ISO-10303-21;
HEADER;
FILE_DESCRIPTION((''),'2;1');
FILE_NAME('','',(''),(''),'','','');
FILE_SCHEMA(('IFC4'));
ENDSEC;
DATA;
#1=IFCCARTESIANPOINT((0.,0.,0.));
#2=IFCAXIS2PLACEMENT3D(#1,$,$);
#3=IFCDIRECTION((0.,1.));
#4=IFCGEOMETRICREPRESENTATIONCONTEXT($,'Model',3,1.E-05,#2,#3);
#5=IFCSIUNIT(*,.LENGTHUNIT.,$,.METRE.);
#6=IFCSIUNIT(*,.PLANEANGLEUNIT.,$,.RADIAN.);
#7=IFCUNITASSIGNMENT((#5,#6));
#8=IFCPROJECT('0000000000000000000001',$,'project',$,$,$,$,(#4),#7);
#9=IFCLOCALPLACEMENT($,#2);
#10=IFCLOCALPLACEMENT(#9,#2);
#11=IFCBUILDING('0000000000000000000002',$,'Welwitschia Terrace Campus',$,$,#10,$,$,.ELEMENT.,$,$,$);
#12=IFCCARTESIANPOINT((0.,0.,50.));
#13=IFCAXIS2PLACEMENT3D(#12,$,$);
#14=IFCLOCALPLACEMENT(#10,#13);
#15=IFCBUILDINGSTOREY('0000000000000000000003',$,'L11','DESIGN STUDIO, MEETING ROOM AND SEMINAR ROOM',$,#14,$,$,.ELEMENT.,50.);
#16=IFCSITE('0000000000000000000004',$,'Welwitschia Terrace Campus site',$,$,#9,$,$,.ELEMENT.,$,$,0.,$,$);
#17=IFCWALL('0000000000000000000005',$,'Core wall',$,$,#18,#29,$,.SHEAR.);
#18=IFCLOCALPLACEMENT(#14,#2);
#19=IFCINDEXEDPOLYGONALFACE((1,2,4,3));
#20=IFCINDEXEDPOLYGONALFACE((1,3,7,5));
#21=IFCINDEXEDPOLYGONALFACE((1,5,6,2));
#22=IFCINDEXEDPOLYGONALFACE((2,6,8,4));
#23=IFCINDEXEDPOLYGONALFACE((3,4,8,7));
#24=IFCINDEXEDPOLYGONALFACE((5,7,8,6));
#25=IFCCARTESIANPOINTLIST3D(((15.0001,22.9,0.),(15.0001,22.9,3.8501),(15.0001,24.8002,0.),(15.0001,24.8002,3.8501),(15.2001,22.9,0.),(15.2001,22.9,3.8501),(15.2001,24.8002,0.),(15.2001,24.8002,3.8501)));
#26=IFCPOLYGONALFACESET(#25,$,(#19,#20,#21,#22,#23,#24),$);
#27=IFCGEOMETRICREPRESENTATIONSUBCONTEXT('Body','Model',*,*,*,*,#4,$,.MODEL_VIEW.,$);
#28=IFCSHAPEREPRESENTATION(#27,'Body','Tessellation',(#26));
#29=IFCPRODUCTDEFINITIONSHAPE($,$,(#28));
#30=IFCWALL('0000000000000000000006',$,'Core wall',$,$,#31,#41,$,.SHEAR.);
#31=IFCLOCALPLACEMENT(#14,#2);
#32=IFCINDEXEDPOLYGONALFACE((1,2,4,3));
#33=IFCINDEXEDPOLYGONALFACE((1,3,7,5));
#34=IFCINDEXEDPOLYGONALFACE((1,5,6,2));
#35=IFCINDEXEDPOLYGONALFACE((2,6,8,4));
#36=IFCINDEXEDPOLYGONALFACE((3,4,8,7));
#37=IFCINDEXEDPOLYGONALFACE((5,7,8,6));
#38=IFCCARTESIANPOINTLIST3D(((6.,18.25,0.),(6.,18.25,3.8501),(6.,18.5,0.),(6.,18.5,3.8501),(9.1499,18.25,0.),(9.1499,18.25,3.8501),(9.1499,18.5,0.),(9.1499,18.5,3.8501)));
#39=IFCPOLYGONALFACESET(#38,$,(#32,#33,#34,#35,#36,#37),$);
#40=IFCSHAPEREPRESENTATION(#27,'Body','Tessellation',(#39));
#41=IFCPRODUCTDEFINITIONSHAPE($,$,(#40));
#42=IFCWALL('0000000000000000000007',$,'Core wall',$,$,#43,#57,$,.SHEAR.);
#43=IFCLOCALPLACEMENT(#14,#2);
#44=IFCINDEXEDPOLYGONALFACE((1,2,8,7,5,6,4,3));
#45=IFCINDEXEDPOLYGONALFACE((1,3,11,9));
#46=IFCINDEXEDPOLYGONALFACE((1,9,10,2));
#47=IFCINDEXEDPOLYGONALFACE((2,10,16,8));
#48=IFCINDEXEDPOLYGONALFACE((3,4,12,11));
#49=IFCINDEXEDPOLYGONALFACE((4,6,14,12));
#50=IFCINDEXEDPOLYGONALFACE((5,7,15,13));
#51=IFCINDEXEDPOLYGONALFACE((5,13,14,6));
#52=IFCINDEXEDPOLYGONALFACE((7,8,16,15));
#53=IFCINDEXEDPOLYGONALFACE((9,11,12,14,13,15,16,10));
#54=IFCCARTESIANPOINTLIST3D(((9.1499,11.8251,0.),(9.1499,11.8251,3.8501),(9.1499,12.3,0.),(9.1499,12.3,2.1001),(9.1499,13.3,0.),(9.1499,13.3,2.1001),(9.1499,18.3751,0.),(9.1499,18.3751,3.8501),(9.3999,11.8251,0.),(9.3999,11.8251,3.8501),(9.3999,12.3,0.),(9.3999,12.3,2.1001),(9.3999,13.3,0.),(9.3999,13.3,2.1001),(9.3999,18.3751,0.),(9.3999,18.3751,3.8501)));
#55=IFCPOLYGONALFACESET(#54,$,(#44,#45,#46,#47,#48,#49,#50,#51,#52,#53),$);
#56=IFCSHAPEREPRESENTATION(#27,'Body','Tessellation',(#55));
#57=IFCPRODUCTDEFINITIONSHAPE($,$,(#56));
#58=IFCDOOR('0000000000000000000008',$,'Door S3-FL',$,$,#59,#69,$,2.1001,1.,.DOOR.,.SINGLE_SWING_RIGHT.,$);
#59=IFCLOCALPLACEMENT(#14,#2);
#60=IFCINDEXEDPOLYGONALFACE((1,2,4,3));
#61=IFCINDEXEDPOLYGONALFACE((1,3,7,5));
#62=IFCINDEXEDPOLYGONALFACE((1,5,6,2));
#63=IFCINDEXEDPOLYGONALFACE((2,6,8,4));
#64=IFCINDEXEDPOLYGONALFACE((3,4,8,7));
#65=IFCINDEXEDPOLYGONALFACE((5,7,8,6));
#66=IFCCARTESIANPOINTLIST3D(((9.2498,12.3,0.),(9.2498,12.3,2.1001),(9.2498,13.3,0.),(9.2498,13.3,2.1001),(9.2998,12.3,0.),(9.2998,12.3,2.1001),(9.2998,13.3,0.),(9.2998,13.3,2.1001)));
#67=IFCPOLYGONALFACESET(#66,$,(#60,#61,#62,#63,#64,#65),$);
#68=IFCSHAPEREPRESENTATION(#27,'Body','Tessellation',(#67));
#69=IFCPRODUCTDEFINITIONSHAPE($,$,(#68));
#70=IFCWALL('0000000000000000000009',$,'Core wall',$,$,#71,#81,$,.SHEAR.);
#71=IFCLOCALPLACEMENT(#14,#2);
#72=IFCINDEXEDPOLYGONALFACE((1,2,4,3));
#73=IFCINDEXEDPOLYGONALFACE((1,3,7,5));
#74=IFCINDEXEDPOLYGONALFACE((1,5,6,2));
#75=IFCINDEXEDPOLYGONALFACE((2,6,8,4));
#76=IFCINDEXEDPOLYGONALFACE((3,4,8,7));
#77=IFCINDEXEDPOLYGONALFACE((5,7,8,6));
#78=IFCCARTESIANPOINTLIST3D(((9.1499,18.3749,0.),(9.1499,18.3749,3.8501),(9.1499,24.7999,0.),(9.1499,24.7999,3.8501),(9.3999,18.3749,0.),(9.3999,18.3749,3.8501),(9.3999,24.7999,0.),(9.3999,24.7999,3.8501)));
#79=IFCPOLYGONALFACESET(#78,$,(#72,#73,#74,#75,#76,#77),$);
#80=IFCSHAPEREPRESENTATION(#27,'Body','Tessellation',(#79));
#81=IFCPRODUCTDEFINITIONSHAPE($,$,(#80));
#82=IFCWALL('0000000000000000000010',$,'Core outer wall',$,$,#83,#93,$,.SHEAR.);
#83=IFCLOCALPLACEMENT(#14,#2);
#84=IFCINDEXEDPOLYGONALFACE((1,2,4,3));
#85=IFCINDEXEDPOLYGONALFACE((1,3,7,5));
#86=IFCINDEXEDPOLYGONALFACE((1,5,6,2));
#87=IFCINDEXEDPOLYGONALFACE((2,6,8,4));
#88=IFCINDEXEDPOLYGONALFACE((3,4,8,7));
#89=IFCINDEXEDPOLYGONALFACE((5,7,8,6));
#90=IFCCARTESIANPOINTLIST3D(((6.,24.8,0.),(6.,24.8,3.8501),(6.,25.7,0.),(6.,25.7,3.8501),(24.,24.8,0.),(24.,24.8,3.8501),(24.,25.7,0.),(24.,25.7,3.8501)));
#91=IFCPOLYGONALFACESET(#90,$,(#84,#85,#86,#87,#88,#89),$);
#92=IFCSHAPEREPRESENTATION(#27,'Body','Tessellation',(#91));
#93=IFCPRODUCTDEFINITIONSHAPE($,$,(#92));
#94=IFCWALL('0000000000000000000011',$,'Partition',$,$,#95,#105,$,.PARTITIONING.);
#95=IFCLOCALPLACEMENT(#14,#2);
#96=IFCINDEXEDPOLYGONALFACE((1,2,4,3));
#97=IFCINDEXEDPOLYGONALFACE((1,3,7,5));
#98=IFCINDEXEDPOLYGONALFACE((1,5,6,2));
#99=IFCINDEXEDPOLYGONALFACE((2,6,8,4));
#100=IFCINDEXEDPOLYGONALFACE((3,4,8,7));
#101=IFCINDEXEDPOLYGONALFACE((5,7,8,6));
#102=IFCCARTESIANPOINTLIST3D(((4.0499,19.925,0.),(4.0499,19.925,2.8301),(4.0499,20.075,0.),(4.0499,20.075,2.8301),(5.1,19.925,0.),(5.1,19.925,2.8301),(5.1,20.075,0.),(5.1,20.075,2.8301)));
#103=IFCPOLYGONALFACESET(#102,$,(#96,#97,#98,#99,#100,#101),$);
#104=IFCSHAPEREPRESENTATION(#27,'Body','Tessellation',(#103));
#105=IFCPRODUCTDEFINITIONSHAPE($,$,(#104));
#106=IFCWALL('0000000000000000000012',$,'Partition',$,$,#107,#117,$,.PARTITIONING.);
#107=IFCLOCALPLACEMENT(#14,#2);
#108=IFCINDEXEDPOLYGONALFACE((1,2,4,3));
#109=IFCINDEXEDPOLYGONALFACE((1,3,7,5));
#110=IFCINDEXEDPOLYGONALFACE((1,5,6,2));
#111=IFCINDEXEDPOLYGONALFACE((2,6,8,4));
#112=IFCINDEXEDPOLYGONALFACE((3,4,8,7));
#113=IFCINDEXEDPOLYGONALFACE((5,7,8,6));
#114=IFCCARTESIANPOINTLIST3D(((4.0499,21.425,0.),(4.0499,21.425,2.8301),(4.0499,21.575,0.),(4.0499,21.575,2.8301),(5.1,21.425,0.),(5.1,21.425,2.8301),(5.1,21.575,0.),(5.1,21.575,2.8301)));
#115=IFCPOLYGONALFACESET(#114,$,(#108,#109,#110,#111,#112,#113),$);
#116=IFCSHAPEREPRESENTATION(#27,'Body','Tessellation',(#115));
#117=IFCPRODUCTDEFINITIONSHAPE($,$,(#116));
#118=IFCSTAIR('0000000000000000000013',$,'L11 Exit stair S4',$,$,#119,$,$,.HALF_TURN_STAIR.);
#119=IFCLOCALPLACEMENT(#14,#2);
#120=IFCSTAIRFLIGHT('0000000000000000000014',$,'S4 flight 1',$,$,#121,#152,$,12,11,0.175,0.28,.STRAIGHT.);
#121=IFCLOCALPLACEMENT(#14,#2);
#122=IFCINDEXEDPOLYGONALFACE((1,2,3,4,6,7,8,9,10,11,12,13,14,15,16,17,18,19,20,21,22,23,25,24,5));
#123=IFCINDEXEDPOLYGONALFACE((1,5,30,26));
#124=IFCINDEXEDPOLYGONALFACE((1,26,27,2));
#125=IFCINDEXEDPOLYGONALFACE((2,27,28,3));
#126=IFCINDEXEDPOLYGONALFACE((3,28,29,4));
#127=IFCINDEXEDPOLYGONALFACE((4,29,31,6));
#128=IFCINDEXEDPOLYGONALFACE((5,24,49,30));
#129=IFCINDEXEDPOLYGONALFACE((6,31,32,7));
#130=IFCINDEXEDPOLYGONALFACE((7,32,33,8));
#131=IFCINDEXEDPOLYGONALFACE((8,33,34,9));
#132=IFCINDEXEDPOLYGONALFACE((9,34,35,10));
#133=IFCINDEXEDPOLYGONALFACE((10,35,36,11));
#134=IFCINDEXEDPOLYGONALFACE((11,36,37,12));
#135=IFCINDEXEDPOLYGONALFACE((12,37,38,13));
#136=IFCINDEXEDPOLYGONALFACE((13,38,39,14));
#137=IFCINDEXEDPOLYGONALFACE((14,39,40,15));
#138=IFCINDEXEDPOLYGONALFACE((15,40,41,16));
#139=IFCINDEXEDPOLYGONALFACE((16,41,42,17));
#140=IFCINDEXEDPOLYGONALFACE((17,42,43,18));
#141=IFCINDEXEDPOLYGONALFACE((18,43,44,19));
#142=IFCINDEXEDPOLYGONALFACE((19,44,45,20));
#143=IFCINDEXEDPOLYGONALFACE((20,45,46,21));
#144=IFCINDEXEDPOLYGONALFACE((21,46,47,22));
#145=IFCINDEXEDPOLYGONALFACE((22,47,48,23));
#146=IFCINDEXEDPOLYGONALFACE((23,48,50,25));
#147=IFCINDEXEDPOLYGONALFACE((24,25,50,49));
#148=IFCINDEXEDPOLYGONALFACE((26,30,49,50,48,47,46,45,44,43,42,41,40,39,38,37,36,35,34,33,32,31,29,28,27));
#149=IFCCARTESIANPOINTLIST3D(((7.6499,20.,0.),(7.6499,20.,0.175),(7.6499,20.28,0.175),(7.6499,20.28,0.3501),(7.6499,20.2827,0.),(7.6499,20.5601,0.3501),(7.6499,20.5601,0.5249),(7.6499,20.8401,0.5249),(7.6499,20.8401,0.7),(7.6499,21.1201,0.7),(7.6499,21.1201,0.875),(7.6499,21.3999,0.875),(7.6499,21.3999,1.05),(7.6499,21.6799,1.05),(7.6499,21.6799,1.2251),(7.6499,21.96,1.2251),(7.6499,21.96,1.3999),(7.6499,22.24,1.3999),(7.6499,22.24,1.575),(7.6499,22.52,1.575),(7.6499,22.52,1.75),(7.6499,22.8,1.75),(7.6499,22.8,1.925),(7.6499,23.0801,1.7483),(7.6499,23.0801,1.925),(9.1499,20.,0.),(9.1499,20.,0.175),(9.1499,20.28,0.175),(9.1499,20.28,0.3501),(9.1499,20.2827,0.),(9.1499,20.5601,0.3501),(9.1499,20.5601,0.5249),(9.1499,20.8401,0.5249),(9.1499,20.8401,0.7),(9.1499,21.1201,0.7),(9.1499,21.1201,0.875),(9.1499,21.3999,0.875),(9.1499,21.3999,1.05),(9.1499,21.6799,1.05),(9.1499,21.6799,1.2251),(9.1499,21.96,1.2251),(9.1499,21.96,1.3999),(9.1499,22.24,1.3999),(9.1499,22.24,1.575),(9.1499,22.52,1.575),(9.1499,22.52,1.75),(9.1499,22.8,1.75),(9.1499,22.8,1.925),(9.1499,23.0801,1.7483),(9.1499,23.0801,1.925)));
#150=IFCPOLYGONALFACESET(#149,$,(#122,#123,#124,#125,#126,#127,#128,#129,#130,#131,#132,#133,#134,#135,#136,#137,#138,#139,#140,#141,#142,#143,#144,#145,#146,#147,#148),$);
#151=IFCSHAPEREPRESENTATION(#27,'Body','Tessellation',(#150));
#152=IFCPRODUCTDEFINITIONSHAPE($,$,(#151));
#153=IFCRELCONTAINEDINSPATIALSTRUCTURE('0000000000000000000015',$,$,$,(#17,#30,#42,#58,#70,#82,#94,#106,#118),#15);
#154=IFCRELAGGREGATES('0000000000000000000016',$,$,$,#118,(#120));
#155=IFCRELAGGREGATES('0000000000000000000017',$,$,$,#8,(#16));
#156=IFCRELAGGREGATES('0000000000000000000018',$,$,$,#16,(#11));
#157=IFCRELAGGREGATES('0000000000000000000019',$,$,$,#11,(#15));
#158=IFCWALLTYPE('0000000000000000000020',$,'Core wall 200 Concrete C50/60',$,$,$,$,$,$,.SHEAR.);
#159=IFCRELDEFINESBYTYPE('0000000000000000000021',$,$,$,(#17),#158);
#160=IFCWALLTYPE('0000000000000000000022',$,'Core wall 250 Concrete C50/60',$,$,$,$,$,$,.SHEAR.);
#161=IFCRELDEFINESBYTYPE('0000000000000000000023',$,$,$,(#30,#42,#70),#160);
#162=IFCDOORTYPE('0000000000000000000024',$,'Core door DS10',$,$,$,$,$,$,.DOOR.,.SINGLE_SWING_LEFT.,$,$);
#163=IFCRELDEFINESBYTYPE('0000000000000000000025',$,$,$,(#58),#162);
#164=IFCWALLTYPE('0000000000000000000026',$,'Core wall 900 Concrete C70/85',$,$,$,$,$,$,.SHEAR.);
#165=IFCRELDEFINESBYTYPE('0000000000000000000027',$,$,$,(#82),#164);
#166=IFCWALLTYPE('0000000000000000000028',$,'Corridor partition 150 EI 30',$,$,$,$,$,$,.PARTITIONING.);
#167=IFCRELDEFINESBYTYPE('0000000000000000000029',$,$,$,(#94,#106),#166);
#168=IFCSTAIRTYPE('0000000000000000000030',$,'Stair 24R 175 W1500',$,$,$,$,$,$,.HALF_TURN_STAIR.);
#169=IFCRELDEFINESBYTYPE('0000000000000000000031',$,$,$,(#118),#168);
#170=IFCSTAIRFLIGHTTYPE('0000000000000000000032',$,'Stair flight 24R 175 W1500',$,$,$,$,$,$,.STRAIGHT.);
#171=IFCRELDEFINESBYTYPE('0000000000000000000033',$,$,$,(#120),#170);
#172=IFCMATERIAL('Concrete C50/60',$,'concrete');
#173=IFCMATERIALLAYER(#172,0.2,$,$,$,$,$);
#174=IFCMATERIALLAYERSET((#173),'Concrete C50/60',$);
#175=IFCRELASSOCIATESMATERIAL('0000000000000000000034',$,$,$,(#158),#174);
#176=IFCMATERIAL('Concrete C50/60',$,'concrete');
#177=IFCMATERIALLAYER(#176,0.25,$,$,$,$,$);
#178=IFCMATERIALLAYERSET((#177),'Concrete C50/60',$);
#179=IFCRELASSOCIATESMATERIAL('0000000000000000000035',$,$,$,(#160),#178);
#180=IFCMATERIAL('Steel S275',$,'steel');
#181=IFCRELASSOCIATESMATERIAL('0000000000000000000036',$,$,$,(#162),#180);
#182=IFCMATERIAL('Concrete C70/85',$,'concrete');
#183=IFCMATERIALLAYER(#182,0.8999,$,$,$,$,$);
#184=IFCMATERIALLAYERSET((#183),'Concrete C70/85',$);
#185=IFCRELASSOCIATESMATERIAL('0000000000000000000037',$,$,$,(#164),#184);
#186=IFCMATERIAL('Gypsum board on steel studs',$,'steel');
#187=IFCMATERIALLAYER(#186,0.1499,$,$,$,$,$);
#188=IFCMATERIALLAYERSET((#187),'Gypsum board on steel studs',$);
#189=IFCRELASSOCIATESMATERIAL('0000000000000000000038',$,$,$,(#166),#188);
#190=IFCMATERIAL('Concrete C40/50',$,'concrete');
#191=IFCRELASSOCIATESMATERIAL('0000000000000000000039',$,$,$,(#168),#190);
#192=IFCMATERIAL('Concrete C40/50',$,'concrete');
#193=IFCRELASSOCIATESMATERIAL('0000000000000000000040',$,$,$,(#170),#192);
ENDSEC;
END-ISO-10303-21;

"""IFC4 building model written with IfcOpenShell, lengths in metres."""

from ifc_helpers import new_model, si_unit, direction, frame, frame_2d, origin, place, context, subcontext, project, spatial, polyline, rectangle, outline, extrude, material, layer, layer_set, type_object, element, fill, aggregate, save


model = new_model("IFC4")

# Units and contexts
model_context = context("Model", 3, precision=1e-05, world=origin(), true_north=direction((0.0, 1.0)))
body_context = subcontext(model_context, "Body", "Model", "MODEL_VIEW")
ifc_project = project(units=[si_unit("LENGTHUNIT", "METRE"), si_unit("PLANEANGLEUNIT", "RADIAN")], contexts=[model_context])

# Site, building, storey
site_placement = place(None, origin())
site = spatial("IfcSite", under=ifc_project, at=site_placement, Name="Welwitschia Terrace Campus site", CompositionType="ELEMENT", RefElevation=0.0)
building_placement = place(site_placement, origin())
building = spatial("IfcBuilding", under=site, at=building_placement, Name="Welwitschia Terrace Campus", CompositionType="ELEMENT")
storey_placement = place(building_placement, frame((0.0, 0.0, 50.0)))
storey = spatial("IfcBuildingStorey", under=building, at=storey_placement, Name="L11", Description="DESIGN STUDIO, MEETING ROOM AND SEMINAR ROOM", CompositionType="ELEMENT", Elevation=50.0)

# Walls
ifc_material_1 = material(Name="Concrete C50/60", Category="concrete")
ifc_layer_1 = layer(ifc_material_1, 0.2)
ifc_layer_set_1 = layer_set([ifc_layer_1], Name="Concrete C50/60")
wall_type_1 = type_object("IfcWallType", Name="Core wall 200 Concrete C50/60", PredefinedType="SHEAR", material=ifc_layer_set_1)
wall_1_placement = place(storey_placement, frame((15.1001, 22.8999, 0.0), z_axis=(0.0, 0.0, 1.0), x_axis=(0.0, 1.0, 0.0)))
element("IfcWall", 1, at=wall_1_placement, inside=storey, type_object=wall_type_1, Name="Core wall", PredefinedType="SHEAR", context=body_context, shape_type="SweptSolid", body=[
    extrude(rectangle(XDim=1.9001, YDim=0.2, at=frame_2d((0.9502, 0.0))), origin(), (0.0, 0.0, 1.0), 3.8501),
])
ifc_material_2 = material(Name="Concrete C50/60", Category="concrete")
ifc_layer_2 = layer(ifc_material_2, 0.25)
ifc_layer_set_2 = layer_set([ifc_layer_2], Name="Concrete C50/60")
wall_type_2 = type_object("IfcWallType", Name="Core wall 250 Concrete C50/60", PredefinedType="SHEAR", material=ifc_layer_set_2)
wall_2_placement = place(storey_placement, frame((6.0, 18.375, 0.0), z_axis=(0.0, 0.0, 1.0), x_axis=(1.0, 0.0, 0.0)))
element("IfcWall", 2, at=wall_2_placement, inside=storey, type_object=wall_type_2, Name="Core wall", PredefinedType="SHEAR", context=body_context, shape_type="SweptSolid", body=[
    extrude(rectangle(XDim=3.1499, YDim=0.25, at=frame_2d((1.575, 0.0))), origin(), (0.0, 0.0, 1.0), 3.8501),
])

# Wall, opening, door
wall_3_placement = place(storey_placement, frame((9.2749, 18.375, 0.0), z_axis=(0.0, 0.0, 1.0), x_axis=(0.0, -1.0, 0.0)))
wall_3 = element("IfcWall", 3, at=wall_3_placement, inside=storey, type_object=wall_type_2, Name="Core wall", PredefinedType="SHEAR", context=body_context, shape_type="SweptSolid", body=[
    extrude(rectangle(XDim=6.55, YDim=0.25, at=frame_2d((3.2749, 0.0))), origin(), (0.0, 0.0, 1.0), 3.8501),
])
opening_placement = place(wall_3_placement, frame((5.075, 0.0, 0.0)))
opening = element("IfcOpeningElement", 4, at=opening_placement, cuts=wall_3, PredefinedType="OPENING", context=body_context, shape_type="SweptSolid", body=[
    extrude(rectangle(XDim=1.0, YDim=2.1001, at=frame_2d((0.5, 1.05))), frame((0.0, 0.135, 0.0), z_axis=(0.0, -1.0, 0.0), x_axis=(1.0, 0.0, 0.0)), (0.0, 0.0, 1.0), 0.27),
])
ifc_material_3 = material(Name="Steel S275", Category="steel")
door_type = type_object("IfcDoorType", Name="Core door DS10", OperationType="SINGLE_SWING_LEFT", PredefinedType="DOOR", material=ifc_material_3)
door_placement = place(opening_placement, origin())
door = element("IfcDoor", 5, at=door_placement, inside=storey, type_object=door_type, Name="Door S3-FL", OperationType="SINGLE_SWING_RIGHT", OverallHeight=2.1001, OverallWidth=1.0, PredefinedType="DOOR", context=body_context, shape_type="SweptSolid", body=[
    extrude(rectangle(XDim=1.0, YDim=2.1001, at=frame_2d((0.5, 1.05))), frame((0.0, 0.0249, 0.0), z_axis=(0.0, -1.0, 0.0), x_axis=(1.0, 0.0, 0.0)), (0.0, 0.0, 1.0), 0.05),
])
fill(opening, door)

# Walls
wall_4_placement = place(storey_placement, frame((9.2749, 18.375, 0.0), z_axis=(0.0, 0.0, 1.0), x_axis=(0.0, 1.0, 0.0)))
element("IfcWall", 6, at=wall_4_placement, inside=storey, type_object=wall_type_2, Name="Core wall", PredefinedType="SHEAR", context=body_context, shape_type="SweptSolid", body=[
    extrude(rectangle(XDim=6.425, YDim=0.25, at=frame_2d((3.2124, 0.0))), origin(), (0.0, 0.0, 1.0), 3.8501),
])
ifc_material_4 = material(Name="Concrete C70/85", Category="concrete")
ifc_layer_3 = layer(ifc_material_4, 0.8999)
ifc_layer_set_3 = layer_set([ifc_layer_3], Name="Concrete C70/85")
wall_type_3 = type_object("IfcWallType", Name="Core wall 900 Concrete C70/85", PredefinedType="SHEAR", material=ifc_layer_set_3)
wall_5_placement = place(storey_placement, frame((6.0, 25.25, 0.0), z_axis=(0.0, 0.0, 1.0), x_axis=(1.0, 0.0, 0.0)))
element("IfcWall", 7, at=wall_5_placement, inside=storey, type_object=wall_type_3, Name="Core outer wall", PredefinedType="SHEAR", context=body_context, shape_type="SweptSolid", body=[
    extrude(rectangle(XDim=18.0, YDim=0.8999, at=frame_2d((9.0, 0.0))), origin(), (0.0, 0.0, 1.0), 3.8501),
])
ifc_material_5 = material(Name="Gypsum board on steel studs", Category="steel")
ifc_layer_4 = layer(ifc_material_5, 0.1499)
ifc_layer_set_4 = layer_set([ifc_layer_4], Name="Gypsum board on steel studs")
wall_type_4 = type_object("IfcWallType", Name="Corridor partition 150 EI 30", PredefinedType="PARTITIONING", material=ifc_layer_set_4)
for number, where, z_axis, x_axis, name in (
    (8, (4.05, 20.0, 0.0), (0.0, 0.0, 1.0), (1.0, 0.0, 0.0), "Partition"),
    (9, (4.05, 21.5, 0.0), (0.0, 0.0, 1.0), (1.0, 0.0, 0.0), "Partition"),
):
    element("IfcWall", number, at=place(storey_placement, frame(where, z_axis=z_axis, x_axis=x_axis)), inside=storey, type_object=wall_type_4, Name=name, PredefinedType="PARTITIONING", context=body_context, shape_type="SweptSolid", body=[
        extrude(rectangle(XDim=1.05, YDim=0.1499, at=frame_2d((0.5249, 0.0))), origin(), (0.0, 0.0, 1.0), 2.8301),
    ])

# Stair, stair flight
ifc_material_6 = material(Name="Concrete C40/50", Category="concrete")
stair_type = type_object("IfcStairType", Name="Stair 24R 175 W1500", PredefinedType="HALF_TURN_STAIR", material=ifc_material_6)
stair_placement = place(storey_placement, origin())
stair = element("IfcStair", 10, at=stair_placement, inside=storey, type_object=stair_type, Name="L11 Exit stair S4", PredefinedType="HALF_TURN_STAIR")
ifc_material_7 = material(Name="Concrete C40/50", Category="concrete")
stair_flight_type = type_object("IfcStairFlightType", Name="Stair flight 24R 175 W1500", PredefinedType="STRAIGHT", material=ifc_material_7)
stair_flight_1_placement = place(storey_placement, frame((8.3999, 20.0, 0.0), z_axis=(0.0, 0.0, 1.0), x_axis=(0.0, 1.0, 0.0)))
stair_flight_1 = element("IfcStairFlight", 11, at=stair_flight_1_placement, type_object=stair_flight_type, Name="S4 flight 1", NumberOfRisers=12, NumberOfTreads=11, PredefinedType="STRAIGHT", RiserHeight=0.175, TreadLength=0.28, context=body_context, shape_type="SweptSolid", body=[
    extrude(outline(polyline([(0.0, 0.0), (0.0, 0.175), (0.28, 0.175), (0.28, 0.3501), (0.5601, 0.3501), (0.5601, 0.5249), (0.8401, 0.5249), (0.8401, 0.7), (1.1201, 0.7), (1.1201, 0.875), (1.3999, 0.875), (1.3999, 1.05), (1.6799, 1.05), (1.6799, 1.2251), (1.96, 1.2251), (1.96, 1.3999), (2.24, 1.3999), (2.24, 1.575), (2.52, 1.575), (2.52, 1.75), (2.8, 1.75), (2.8, 1.925), (3.0801, 1.925), (3.0801, 2.1001), (3.0801, 1.7483), (0.2827, 0.0), (0.0, 0.0)])), frame((0.0, 0.75, 0.0), z_axis=(0.0, -1.0, 0.0), x_axis=(1.0, 0.0, 0.0)), (0.0, 0.0, 1.0), 1.5),
])
aggregate(stair, [stair_flight_1])

save(model, "model.ifc")
